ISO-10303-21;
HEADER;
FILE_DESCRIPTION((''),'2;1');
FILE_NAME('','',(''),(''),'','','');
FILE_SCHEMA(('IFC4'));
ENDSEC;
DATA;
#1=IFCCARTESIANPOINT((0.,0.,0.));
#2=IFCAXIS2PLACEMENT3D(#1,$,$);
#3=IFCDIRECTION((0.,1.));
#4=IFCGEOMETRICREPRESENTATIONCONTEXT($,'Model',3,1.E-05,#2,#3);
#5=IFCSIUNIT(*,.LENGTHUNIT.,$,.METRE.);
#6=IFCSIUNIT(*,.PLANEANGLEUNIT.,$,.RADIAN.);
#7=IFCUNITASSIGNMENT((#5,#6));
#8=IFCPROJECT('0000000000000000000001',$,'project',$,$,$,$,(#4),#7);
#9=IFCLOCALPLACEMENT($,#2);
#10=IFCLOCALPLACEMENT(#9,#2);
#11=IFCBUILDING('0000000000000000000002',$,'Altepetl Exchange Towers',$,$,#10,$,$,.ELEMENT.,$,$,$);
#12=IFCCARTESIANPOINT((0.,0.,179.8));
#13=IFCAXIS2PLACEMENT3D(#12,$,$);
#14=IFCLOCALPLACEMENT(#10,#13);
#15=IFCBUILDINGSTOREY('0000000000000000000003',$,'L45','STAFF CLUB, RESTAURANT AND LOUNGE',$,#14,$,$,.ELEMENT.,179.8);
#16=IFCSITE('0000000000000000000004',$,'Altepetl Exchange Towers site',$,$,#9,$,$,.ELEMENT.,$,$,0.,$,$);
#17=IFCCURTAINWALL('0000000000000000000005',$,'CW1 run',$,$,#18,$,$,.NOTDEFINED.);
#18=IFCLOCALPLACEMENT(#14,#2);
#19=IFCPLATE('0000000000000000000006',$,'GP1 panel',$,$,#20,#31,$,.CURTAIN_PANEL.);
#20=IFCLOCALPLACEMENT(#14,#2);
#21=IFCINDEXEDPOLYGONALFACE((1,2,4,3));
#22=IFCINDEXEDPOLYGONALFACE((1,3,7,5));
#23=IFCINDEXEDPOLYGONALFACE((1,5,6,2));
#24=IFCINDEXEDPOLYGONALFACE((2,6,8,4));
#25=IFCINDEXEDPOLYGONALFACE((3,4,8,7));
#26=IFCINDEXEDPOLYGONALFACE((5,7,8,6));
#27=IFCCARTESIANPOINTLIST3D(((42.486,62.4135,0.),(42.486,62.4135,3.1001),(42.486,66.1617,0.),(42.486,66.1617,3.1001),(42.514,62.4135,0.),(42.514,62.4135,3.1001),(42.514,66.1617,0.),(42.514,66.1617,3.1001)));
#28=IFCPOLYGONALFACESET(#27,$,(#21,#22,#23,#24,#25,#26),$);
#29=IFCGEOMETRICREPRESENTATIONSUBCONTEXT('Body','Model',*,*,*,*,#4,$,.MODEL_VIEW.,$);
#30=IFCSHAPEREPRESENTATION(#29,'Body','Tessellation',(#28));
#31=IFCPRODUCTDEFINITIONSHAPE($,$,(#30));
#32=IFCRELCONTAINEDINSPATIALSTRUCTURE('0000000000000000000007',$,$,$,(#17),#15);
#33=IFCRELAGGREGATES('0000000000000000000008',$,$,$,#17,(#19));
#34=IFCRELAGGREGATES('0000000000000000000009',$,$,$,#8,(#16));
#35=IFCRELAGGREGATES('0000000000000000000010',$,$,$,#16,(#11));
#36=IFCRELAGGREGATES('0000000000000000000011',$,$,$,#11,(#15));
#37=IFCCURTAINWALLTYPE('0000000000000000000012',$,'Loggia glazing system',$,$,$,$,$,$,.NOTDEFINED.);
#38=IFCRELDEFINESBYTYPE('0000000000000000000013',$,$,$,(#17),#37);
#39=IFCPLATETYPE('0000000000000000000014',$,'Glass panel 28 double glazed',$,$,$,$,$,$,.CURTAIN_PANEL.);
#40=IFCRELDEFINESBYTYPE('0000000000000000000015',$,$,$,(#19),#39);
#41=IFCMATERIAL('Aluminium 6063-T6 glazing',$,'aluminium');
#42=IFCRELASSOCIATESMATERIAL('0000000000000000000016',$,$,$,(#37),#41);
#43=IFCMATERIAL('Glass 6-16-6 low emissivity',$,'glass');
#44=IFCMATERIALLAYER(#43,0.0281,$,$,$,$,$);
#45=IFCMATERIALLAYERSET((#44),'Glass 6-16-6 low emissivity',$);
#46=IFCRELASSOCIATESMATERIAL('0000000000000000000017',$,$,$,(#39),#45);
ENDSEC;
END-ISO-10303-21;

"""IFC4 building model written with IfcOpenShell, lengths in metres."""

from ifc_helpers import new_model, si_unit, direction, frame, origin, origin_2d, place, context, subcontext, project, spatial, rectangle, extrude, material, layer, layer_set, type_object, element, aggregate, save


model = new_model("IFC4")

# Units and contexts
model_context = context("Model", 3, precision=1e-05, world=origin(), true_north=direction((0.0, 1.0)))
body_context = subcontext(model_context, "Body", "Model", "MODEL_VIEW")
ifc_project = project(units=[si_unit("LENGTHUNIT", "METRE"), si_unit("PLANEANGLEUNIT", "RADIAN")], contexts=[model_context])

# Site, building, storey
site_placement = place(None, origin())
site = spatial("IfcSite", under=ifc_project, at=site_placement, Name="Altepetl Exchange Towers site", CompositionType="ELEMENT", RefElevation=0.0)
building_placement = place(site_placement, origin())
building = spatial("IfcBuilding", under=site, at=building_placement, Name="Altepetl Exchange Towers", CompositionType="ELEMENT")
storey_placement = place(building_placement, frame((0.0, 0.0, 179.8)))
storey = spatial("IfcBuildingStorey", under=building, at=storey_placement, Name="L45", Description="STAFF CLUB, RESTAURANT AND LOUNGE", CompositionType="ELEMENT", Elevation=179.8)

# Curtain wall
ifc_material_1 = material(Name="Aluminium 6063-T6 glazing", Category="aluminium")
curtain_wall_type = type_object("IfcCurtainWallType", Name="Loggia glazing system", PredefinedType="NOTDEFINED", material=ifc_material_1)
curtain_wall_1_placement = place(storey_placement, origin())
curtain_wall_1 = element("IfcCurtainWall", 1, at=curtain_wall_1_placement, inside=storey, type_object=curtain_wall_type, Name="CW1 run", PredefinedType="NOTDEFINED")

# Plate
ifc_material_2 = material(Name="Glass 6-16-6 low emissivity", Category="glass")
ifc_layer = layer(ifc_material_2, 0.0281)
ifc_layer_set = layer_set([ifc_layer], Name="Glass 6-16-6 low emissivity")
plate_type = type_object("IfcPlateType", Name="Glass panel 28 double glazed", PredefinedType="CURTAIN_PANEL", material=ifc_layer_set)
plate_1_placement = place(storey_placement, frame((42.5, 64.2876, 0.0), z_axis=(0.0, 0.0, 1.0), x_axis=(0.0, -1.0, 0.0)))
plate_1 = element("IfcPlate", 2, at=plate_1_placement, type_object=plate_type, Name="GP1 panel", PredefinedType="CURTAIN_PANEL", context=body_context, shape_type="SweptSolid", body=[
    extrude(rectangle(XDim=3.7483, YDim=0.0281, at=origin_2d()), origin(), (0.0, 0.0, 1.0), 3.1001),
])
aggregate(curtain_wall_1, [plate_1])

save(model, "model.ifc")
